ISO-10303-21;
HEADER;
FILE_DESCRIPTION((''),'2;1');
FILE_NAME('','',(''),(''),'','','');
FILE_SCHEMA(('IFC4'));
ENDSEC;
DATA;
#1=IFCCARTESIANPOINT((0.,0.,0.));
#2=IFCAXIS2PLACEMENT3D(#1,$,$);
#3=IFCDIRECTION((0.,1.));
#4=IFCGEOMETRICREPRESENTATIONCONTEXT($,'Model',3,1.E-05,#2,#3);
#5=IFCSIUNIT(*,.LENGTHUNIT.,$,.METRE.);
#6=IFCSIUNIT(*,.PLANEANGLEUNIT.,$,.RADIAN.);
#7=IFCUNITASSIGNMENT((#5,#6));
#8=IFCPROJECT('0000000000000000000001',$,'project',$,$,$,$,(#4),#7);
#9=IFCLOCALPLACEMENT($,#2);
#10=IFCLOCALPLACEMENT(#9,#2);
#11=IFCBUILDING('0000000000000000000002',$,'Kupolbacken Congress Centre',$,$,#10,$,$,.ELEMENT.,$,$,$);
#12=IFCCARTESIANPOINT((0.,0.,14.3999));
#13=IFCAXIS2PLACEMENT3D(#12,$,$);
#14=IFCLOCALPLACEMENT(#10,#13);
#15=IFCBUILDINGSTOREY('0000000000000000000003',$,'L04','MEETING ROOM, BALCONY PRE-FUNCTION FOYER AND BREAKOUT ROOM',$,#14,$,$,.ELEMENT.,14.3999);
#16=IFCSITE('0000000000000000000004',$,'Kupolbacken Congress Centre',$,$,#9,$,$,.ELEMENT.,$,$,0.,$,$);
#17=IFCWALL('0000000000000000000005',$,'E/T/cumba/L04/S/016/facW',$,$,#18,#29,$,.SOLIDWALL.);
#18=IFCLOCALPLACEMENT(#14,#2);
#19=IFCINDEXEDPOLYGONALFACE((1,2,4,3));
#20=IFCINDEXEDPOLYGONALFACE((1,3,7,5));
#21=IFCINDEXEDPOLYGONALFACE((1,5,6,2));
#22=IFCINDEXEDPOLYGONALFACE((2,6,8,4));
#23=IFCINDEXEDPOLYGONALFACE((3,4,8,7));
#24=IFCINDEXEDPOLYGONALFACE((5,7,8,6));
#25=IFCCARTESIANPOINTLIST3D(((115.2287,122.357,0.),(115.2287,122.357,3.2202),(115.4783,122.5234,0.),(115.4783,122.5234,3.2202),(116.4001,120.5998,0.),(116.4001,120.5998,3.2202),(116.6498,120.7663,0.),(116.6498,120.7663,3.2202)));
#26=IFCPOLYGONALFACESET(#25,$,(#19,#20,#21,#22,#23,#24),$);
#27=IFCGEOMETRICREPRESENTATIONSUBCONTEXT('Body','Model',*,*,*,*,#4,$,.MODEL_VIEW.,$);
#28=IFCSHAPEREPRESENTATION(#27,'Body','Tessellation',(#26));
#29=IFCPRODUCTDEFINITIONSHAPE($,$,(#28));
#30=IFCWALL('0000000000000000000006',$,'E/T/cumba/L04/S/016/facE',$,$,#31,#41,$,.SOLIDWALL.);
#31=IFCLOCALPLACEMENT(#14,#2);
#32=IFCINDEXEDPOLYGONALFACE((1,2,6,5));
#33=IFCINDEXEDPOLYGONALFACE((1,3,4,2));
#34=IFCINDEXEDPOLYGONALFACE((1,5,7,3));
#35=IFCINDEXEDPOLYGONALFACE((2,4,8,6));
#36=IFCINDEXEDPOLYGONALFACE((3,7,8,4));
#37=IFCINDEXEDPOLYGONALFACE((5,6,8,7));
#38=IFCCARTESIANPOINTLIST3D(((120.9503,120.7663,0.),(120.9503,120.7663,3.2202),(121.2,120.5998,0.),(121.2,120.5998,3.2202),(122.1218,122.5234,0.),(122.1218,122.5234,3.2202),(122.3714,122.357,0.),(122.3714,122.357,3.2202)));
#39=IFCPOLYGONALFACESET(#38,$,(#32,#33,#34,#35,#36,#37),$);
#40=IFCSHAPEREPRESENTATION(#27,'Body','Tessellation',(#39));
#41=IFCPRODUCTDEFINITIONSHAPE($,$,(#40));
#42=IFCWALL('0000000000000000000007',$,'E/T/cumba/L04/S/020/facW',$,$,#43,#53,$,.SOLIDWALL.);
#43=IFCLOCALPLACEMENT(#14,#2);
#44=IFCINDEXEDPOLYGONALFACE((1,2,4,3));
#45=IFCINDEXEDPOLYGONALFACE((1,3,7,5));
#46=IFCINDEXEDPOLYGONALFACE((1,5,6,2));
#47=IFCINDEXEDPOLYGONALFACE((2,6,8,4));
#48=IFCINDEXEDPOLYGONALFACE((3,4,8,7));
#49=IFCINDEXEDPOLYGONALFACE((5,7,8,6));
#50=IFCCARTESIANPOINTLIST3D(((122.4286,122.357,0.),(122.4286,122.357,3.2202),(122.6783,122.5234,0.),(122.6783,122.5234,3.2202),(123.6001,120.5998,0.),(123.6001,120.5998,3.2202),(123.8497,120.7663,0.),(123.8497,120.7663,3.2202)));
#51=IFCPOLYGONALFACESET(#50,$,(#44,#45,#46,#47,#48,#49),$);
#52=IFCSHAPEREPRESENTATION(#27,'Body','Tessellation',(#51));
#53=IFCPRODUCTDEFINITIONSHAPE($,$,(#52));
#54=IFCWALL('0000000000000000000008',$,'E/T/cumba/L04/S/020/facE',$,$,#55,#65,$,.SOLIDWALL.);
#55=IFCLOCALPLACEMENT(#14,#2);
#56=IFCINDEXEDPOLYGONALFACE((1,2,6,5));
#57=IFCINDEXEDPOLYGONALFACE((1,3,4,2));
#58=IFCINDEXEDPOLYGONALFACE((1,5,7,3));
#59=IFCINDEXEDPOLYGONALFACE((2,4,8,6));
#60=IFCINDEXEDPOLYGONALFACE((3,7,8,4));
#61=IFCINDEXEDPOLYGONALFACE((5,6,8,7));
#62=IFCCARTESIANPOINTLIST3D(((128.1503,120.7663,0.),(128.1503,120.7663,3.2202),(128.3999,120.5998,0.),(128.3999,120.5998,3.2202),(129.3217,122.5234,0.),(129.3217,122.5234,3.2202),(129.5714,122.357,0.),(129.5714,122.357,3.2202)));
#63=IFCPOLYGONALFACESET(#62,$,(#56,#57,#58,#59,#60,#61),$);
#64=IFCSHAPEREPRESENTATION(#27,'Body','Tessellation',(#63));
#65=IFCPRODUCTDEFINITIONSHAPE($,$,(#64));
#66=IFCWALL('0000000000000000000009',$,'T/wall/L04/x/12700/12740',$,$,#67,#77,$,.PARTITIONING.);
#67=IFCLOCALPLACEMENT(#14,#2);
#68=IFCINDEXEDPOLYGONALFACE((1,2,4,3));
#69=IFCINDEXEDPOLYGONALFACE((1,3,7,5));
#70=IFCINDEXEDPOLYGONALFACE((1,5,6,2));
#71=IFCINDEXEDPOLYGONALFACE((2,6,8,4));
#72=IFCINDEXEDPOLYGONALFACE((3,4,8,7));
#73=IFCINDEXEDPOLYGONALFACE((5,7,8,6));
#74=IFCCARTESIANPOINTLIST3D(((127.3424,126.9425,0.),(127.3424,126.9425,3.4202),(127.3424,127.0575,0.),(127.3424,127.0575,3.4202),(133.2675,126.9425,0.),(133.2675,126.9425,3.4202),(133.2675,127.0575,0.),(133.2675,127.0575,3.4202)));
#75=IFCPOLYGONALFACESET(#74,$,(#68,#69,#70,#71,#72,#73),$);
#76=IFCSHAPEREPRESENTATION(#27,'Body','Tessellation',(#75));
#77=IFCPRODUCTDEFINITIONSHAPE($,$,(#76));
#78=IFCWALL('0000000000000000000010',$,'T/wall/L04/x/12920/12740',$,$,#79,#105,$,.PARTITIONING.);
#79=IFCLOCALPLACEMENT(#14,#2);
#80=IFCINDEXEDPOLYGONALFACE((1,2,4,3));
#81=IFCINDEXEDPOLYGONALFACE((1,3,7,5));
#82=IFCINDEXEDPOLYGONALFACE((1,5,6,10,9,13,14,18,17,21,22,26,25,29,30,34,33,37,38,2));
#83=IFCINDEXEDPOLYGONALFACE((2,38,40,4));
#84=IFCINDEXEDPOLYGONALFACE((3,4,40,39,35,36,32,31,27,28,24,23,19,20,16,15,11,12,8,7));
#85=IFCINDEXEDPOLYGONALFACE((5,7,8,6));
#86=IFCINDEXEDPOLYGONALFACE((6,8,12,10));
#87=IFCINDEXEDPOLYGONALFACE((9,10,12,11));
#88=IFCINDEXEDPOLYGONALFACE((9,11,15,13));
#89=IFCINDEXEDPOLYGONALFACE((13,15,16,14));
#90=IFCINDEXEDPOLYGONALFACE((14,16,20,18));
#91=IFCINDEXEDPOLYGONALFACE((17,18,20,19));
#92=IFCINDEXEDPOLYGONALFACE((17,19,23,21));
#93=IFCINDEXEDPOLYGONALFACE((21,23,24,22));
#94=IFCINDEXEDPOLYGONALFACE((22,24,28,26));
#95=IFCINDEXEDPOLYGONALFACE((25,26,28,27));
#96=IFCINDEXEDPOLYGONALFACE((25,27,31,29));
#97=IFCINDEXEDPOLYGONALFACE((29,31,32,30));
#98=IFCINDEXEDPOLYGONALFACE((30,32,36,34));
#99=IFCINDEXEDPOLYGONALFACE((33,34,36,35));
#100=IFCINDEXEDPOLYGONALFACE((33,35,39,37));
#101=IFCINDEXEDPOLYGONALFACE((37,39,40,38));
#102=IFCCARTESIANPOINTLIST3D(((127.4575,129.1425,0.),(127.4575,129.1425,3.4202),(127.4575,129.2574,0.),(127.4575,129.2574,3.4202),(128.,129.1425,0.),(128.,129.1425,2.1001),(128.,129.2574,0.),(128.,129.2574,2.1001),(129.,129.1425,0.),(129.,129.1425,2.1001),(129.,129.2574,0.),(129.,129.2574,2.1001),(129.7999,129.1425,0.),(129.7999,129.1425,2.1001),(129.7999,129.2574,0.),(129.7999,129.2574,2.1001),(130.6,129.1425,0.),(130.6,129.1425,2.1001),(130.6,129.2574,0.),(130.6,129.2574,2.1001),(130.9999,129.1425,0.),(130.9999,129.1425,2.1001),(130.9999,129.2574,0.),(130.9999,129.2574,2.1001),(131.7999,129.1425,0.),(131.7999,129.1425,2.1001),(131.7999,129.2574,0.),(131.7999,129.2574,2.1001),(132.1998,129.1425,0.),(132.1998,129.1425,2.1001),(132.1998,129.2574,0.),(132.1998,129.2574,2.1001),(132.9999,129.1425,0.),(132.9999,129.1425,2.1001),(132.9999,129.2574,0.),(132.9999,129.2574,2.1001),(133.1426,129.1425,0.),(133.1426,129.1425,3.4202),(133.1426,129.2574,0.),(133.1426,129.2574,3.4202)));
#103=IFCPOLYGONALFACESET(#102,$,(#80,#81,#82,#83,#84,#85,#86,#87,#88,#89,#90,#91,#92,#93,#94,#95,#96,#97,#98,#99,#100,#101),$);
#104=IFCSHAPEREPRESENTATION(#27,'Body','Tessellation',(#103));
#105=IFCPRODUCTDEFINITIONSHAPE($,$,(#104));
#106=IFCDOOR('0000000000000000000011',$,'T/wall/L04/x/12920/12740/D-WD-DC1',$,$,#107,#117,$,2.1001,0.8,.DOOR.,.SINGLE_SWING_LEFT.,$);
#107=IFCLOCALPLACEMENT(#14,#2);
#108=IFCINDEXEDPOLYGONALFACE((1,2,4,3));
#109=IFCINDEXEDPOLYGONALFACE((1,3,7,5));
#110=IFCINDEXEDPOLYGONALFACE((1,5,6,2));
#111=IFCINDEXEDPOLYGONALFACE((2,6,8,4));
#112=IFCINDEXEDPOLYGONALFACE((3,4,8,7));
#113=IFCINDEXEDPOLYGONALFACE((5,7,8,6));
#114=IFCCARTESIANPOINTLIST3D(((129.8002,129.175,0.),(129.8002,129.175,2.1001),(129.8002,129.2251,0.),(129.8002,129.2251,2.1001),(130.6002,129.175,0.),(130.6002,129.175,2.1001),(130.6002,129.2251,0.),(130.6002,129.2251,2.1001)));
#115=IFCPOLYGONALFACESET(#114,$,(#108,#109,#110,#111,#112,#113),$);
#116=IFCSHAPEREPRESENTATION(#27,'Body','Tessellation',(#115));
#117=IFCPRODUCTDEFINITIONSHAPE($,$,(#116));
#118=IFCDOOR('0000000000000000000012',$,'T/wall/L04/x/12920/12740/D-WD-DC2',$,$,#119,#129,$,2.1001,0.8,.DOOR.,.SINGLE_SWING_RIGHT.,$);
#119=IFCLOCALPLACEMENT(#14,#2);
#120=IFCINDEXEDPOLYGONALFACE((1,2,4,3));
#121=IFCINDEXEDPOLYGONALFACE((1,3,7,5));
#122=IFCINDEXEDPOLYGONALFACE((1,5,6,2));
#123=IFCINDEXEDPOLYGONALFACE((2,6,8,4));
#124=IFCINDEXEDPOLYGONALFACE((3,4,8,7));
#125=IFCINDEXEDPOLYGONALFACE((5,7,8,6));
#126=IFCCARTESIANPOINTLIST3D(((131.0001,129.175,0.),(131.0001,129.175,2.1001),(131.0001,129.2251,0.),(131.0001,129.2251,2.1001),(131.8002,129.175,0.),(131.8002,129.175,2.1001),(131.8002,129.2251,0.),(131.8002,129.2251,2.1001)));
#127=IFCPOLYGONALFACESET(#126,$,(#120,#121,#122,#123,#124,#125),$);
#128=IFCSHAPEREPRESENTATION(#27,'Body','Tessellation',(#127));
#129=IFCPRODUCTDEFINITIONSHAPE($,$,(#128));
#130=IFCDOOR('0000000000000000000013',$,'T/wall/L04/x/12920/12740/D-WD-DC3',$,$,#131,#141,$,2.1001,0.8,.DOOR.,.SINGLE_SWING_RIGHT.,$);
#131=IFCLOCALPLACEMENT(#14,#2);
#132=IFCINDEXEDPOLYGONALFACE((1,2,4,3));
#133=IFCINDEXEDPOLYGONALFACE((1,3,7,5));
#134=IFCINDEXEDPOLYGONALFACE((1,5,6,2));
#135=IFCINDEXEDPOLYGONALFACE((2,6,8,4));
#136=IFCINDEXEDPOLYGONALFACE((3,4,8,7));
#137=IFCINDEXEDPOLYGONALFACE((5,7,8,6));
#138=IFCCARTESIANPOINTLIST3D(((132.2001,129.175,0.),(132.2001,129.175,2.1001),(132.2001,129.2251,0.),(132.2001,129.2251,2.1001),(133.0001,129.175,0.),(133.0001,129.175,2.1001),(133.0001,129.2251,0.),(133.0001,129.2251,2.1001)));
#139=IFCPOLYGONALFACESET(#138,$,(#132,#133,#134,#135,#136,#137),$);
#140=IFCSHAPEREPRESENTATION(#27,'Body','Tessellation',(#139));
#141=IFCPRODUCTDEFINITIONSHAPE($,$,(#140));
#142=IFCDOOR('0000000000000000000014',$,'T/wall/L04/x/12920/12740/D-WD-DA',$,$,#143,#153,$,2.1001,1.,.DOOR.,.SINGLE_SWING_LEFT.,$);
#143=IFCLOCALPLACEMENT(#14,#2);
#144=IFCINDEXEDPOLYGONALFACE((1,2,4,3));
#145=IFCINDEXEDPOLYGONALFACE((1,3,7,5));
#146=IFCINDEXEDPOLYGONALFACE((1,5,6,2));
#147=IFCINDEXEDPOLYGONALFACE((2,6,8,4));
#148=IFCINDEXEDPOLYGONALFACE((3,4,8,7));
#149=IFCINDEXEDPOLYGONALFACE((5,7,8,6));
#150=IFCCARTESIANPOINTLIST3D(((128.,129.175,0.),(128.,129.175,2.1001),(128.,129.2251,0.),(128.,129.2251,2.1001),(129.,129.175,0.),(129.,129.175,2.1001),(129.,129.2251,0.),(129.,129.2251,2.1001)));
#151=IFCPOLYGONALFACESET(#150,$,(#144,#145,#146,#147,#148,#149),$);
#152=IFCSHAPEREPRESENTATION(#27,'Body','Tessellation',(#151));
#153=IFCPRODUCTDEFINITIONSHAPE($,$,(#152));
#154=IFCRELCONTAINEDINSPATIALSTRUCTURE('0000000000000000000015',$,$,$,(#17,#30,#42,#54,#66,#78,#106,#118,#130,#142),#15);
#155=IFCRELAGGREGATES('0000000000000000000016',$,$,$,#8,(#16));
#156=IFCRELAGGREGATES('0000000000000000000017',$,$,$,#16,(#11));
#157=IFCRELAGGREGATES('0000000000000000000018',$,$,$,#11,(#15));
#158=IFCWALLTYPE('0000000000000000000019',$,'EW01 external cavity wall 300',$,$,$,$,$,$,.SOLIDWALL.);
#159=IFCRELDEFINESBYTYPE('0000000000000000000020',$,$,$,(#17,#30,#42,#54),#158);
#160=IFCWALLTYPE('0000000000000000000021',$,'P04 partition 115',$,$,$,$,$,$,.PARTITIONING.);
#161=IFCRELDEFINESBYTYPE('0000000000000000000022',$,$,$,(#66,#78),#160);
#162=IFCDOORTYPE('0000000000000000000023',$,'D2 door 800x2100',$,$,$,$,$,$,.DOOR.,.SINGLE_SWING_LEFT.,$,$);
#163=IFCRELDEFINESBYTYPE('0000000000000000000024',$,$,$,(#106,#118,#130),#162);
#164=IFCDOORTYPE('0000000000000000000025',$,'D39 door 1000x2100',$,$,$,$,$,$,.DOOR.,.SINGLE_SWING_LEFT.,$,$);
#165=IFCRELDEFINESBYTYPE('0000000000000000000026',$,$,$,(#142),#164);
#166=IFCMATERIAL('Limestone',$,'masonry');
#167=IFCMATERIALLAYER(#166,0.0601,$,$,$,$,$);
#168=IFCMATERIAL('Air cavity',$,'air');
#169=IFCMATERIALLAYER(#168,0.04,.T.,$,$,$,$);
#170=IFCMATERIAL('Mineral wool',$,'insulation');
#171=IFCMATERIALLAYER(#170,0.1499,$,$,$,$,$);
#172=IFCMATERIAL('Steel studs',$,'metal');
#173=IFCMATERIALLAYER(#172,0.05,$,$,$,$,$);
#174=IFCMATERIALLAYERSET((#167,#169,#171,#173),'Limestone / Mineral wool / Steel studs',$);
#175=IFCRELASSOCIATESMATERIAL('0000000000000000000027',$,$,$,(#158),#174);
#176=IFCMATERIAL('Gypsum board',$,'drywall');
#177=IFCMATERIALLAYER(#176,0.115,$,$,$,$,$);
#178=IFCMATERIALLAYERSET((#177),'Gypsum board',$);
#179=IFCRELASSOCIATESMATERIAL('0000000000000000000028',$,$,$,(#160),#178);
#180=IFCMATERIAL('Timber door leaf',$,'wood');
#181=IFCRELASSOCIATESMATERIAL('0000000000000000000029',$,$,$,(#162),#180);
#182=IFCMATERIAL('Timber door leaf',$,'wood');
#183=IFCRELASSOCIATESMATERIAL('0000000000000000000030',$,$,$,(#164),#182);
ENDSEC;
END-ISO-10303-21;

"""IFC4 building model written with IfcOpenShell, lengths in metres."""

from ifc_helpers import new_model, si_unit, direction, frame, frame_2d, origin, place, context, subcontext, project, spatial, rectangle, extrude, material, layer, layer_set, type_object, element, fill, save


model = new_model("IFC4")

# Units and contexts
model_context = context("Model", 3, precision=1e-05, world=origin(), true_north=direction((0.0, 1.0)))
body_context = subcontext(model_context, "Body", "Model", "MODEL_VIEW")
ifc_project = project(units=[si_unit("LENGTHUNIT", "METRE"), si_unit("PLANEANGLEUNIT", "RADIAN")], contexts=[model_context])

# Site, building, storey
site_placement = place(None, origin())
site = spatial("IfcSite", under=ifc_project, at=site_placement, Name="Kupolbacken Congress Centre", CompositionType="ELEMENT", RefElevation=0.0)
building_placement = place(site_placement, origin())
building = spatial("IfcBuilding", under=site, at=building_placement, Name="Kupolbacken Congress Centre", CompositionType="ELEMENT")
storey_placement = place(building_placement, frame((0.0, 0.0, 14.3999)))
storey = spatial("IfcBuildingStorey", under=building, at=storey_placement, Name="L04", Description="MEETING ROOM, BALCONY PRE-FUNCTION FOYER AND BREAKOUT ROOM", CompositionType="ELEMENT", Elevation=14.3999)

# Walls
ifc_material_1 = material(Name="Limestone", Category="masonry")
ifc_layer_1 = layer(ifc_material_1, 0.0601)
ifc_material_2 = material(Name="Air cavity", Category="air")
ifc_layer_2 = layer(ifc_material_2, 0.04, ventilated=True)
ifc_material_3 = material(Name="Mineral wool", Category="insulation")
ifc_layer_3 = layer(ifc_material_3, 0.1499)
ifc_material_4 = material(Name="Steel studs", Category="metal")
ifc_layer_4 = layer(ifc_material_4, 0.05)
ifc_layer_set_1 = layer_set([ifc_layer_1, ifc_layer_2, ifc_layer_3, ifc_layer_4], Name="Limestone / Mineral wool / Steel studs")
wall_type_1 = type_object("IfcWallType", Name="EW01 external cavity wall 300", PredefinedType="SOLIDWALL", material=ifc_layer_set_1)
for number, where, z_axis, x_axis, name in (
    (1, (115.3535, 122.4402, 0.0), (0.0, 0.0, 1.0), (0.5547, -0.83205, 0.0), "E/T/cumba/L04/S/016/facW"),
    (2, (122.2466, 122.4402, 0.0), (0.0, 0.0, 1.0), (-0.5547, -0.83205, 0.0), "E/T/cumba/L04/S/016/facE"),
    (3, (122.5535, 122.4402, 0.0), (0.0, 0.0, 1.0), (0.5547, -0.83205, 0.0), "E/T/cumba/L04/S/020/facW"),
    (4, (129.4465, 122.4402, 0.0), (0.0, 0.0, 1.0), (-0.5547, -0.83205, 0.0), "E/T/cumba/L04/S/020/facE"),
):
    element("IfcWall", number, at=place(storey_placement, frame(where, z_axis=z_axis, x_axis=x_axis)), inside=storey, type_object=wall_type_1, Name=name, PredefinedType="SOLIDWALL", context=body_context, shape_type="SweptSolid", body=[
        extrude(rectangle(XDim=2.1118, YDim=0.3, at=frame_2d((1.0559, 0.0))), origin(), (0.0, 0.0, 1.0), 3.2202),
    ])
ifc_material_5 = material(Name="Gypsum board", Category="drywall")
ifc_layer_5 = layer(ifc_material_5, 0.115)
ifc_layer_set_2 = layer_set([ifc_layer_5], Name="Gypsum board")
wall_type_2 = type_object("IfcWallType", Name="P04 partition 115", PredefinedType="PARTITIONING", material=ifc_layer_set_2)
wall_1_placement = place(storey_placement, frame((127.3425, 127.0, 0.0), z_axis=(0.0, 0.0, 1.0), x_axis=(1.0, 0.0, 0.0)))
element("IfcWall", 5, at=wall_1_placement, inside=storey, type_object=wall_type_2, Name="T/wall/L04/x/12700/12740", PredefinedType="PARTITIONING", context=body_context, shape_type="SweptSolid", body=[
    extrude(rectangle(XDim=5.925, YDim=0.115, at=frame_2d((2.9624, 0.0))), origin(), (0.0, 0.0, 1.0), 3.4202),
])

# Wall, openings, doors
wall_2_placement = place(storey_placement, frame((127.4575, 129.2, 0.0), z_axis=(0.0, 0.0, 1.0), x_axis=(1.0, 0.0, 0.0)))
wall_2 = element("IfcWall", 6, at=wall_2_placement, inside=storey, type_object=wall_type_2, Name="T/wall/L04/x/12920/12740", PredefinedType="PARTITIONING", context=body_context, shape_type="SweptSolid", body=[
    extrude(rectangle(XDim=5.6851, YDim=0.115, at=frame_2d((2.8425, 0.0))), origin(), (0.0, 0.0, 1.0), 3.4202),
])
opening_1_placement = place(wall_2_placement, frame((0.5425, 0.0, 0.0)))
opening_1 = element("IfcOpeningElement", 7, at=opening_1_placement, cuts=wall_2, PredefinedType="OPENING", context=body_context, shape_type="SweptSolid", body=[
    extrude(rectangle(XDim=1.0, YDim=2.1001, at=frame_2d((0.5, 1.05))), frame((0.0, 0.0674, 0.0), z_axis=(0.0, -1.0, 0.0), x_axis=(1.0, 0.0, 0.0)), (0.0, 0.0, 1.0), 0.135),
])
opening_2_placement = place(wall_2_placement, frame((2.3425, 0.0, 0.0)))
opening_2 = element("IfcOpeningElement", 8, at=opening_2_placement, cuts=wall_2, PredefinedType="OPENING", context=body_context, shape_type="SweptSolid", body=[
    extrude(rectangle(XDim=0.8, YDim=2.1001, at=frame_2d((0.3999, 1.05))), frame((0.0, 0.0674, 0.0), z_axis=(0.0, -1.0, 0.0), x_axis=(1.0, 0.0, 0.0)), (0.0, 0.0, 1.0), 0.135),
])
opening_3_placement = place(wall_2_placement, frame((3.5425, 0.0, 0.0)))
opening_3 = element("IfcOpeningElement", 9, at=opening_3_placement, cuts=wall_2, PredefinedType="OPENING", context=body_context, shape_type="SweptSolid", body=[
    extrude(rectangle(XDim=0.8, YDim=2.1001, at=frame_2d((0.3999, 1.05))), frame((0.0, 0.0674, 0.0), z_axis=(0.0, -1.0, 0.0), x_axis=(1.0, 0.0, 0.0)), (0.0, 0.0, 1.0), 0.135),
])
opening_4_placement = place(wall_2_placement, frame((4.7424, 0.0, 0.0)))
opening_4 = element("IfcOpeningElement", 10, at=opening_4_placement, cuts=wall_2, PredefinedType="OPENING", context=body_context, shape_type="SweptSolid", body=[
    extrude(rectangle(XDim=0.8, YDim=2.1001, at=frame_2d((0.3999, 1.05))), frame((0.0, 0.0674, 0.0), z_axis=(0.0, -1.0, 0.0), x_axis=(1.0, 0.0, 0.0)), (0.0, 0.0, 1.0), 0.135),
])
ifc_material_6 = material(Name="Timber door leaf", Category="wood")
door_type_1 = type_object("IfcDoorType", Name="D2 door 800x2100", OperationType="SINGLE_SWING_LEFT", PredefinedType="DOOR", material=ifc_material_6)
door_1_placement = place(opening_2_placement, frame((0.8, 0.0, 0.0), z_axis=(0.0, 0.0, 1.0), x_axis=(-1.0, 0.0, 0.0)))
door_1 = element("IfcDoor", 11, at=door_1_placement, inside=storey, type_object=door_type_1, Name="T/wall/L04/x/12920/12740/D-WD-DC1", OperationType="SINGLE_SWING_LEFT", OverallHeight=2.1001, OverallWidth=0.8, PredefinedType="DOOR", context=body_context, shape_type="SweptSolid", body=[
    extrude(rectangle(XDim=0.8, YDim=2.1001, at=frame_2d((0.3999, 1.05))), frame((0.0, 0.0249, 0.0), z_axis=(0.0, -1.0, 0.0), x_axis=(1.0, 0.0, 0.0)), (0.0, 0.0, 1.0), 0.05),
])
fill(opening_2, door_1)
door_2_placement = place(opening_3_placement, frame((0.8, 0.0, 0.0), z_axis=(0.0, 0.0, 1.0), x_axis=(-1.0, 0.0, 0.0)))
door_2 = element("IfcDoor", 12, at=door_2_placement, inside=storey, type_object=door_type_1, Name="T/wall/L04/x/12920/12740/D-WD-DC2", OperationType="SINGLE_SWING_RIGHT", OverallHeight=2.1001, OverallWidth=0.8, PredefinedType="DOOR", context=body_context, shape_type="SweptSolid", body=[
    extrude(rectangle(XDim=0.8, YDim=2.1001, at=frame_2d((0.3999, 1.05))), frame((0.0, 0.0249, 0.0), z_axis=(0.0, -1.0, 0.0), x_axis=(1.0, 0.0, 0.0)), (0.0, 0.0, 1.0), 0.05),
])
fill(opening_3, door_2)
door_3_placement = place(opening_4_placement, frame((0.8, 0.0, 0.0), z_axis=(0.0, 0.0, 1.0), x_axis=(-1.0, 0.0, 0.0)))
door_3 = element("IfcDoor", 13, at=door_3_placement, inside=storey, type_object=door_type_1, Name="T/wall/L04/x/12920/12740/D-WD-DC3", OperationType="SINGLE_SWING_RIGHT", OverallHeight=2.1001, OverallWidth=0.8, PredefinedType="DOOR", context=body_context, shape_type="SweptSolid", body=[
    extrude(rectangle(XDim=0.8, YDim=2.1001, at=frame_2d((0.3999, 1.05))), frame((0.0, 0.0249, 0.0), z_axis=(0.0, -1.0, 0.0), x_axis=(1.0, 0.0, 0.0)), (0.0, 0.0, 1.0), 0.05),
])
fill(opening_4, door_3)
ifc_material_7 = material(Name="Timber door leaf", Category="wood")
door_type_2 = type_object("IfcDoorType", Name="D39 door 1000x2100", OperationType="SINGLE_SWING_LEFT", PredefinedType="DOOR", material=ifc_material_7)
door_4_placement = place(opening_1_placement, frame((1.0, 0.0, 0.0), z_axis=(0.0, 0.0, 1.0), x_axis=(-1.0, 0.0, 0.0)))
door_4 = element("IfcDoor", 14, at=door_4_placement, inside=storey, type_object=door_type_2, Name="T/wall/L04/x/12920/12740/D-WD-DA", OperationType="SINGLE_SWING_LEFT", OverallHeight=2.1001, OverallWidth=1.0, PredefinedType="DOOR", context=body_context, shape_type="SweptSolid", body=[
    extrude(rectangle(XDim=1.0, YDim=2.1001, at=frame_2d((0.5, 1.05))), frame((0.0, 0.0249, 0.0), z_axis=(0.0, -1.0, 0.0), x_axis=(1.0, 0.0, 0.0)), (0.0, 0.0, 1.0), 0.05),
])
fill(opening_1, door_4)

save(model, "model.ifc")
